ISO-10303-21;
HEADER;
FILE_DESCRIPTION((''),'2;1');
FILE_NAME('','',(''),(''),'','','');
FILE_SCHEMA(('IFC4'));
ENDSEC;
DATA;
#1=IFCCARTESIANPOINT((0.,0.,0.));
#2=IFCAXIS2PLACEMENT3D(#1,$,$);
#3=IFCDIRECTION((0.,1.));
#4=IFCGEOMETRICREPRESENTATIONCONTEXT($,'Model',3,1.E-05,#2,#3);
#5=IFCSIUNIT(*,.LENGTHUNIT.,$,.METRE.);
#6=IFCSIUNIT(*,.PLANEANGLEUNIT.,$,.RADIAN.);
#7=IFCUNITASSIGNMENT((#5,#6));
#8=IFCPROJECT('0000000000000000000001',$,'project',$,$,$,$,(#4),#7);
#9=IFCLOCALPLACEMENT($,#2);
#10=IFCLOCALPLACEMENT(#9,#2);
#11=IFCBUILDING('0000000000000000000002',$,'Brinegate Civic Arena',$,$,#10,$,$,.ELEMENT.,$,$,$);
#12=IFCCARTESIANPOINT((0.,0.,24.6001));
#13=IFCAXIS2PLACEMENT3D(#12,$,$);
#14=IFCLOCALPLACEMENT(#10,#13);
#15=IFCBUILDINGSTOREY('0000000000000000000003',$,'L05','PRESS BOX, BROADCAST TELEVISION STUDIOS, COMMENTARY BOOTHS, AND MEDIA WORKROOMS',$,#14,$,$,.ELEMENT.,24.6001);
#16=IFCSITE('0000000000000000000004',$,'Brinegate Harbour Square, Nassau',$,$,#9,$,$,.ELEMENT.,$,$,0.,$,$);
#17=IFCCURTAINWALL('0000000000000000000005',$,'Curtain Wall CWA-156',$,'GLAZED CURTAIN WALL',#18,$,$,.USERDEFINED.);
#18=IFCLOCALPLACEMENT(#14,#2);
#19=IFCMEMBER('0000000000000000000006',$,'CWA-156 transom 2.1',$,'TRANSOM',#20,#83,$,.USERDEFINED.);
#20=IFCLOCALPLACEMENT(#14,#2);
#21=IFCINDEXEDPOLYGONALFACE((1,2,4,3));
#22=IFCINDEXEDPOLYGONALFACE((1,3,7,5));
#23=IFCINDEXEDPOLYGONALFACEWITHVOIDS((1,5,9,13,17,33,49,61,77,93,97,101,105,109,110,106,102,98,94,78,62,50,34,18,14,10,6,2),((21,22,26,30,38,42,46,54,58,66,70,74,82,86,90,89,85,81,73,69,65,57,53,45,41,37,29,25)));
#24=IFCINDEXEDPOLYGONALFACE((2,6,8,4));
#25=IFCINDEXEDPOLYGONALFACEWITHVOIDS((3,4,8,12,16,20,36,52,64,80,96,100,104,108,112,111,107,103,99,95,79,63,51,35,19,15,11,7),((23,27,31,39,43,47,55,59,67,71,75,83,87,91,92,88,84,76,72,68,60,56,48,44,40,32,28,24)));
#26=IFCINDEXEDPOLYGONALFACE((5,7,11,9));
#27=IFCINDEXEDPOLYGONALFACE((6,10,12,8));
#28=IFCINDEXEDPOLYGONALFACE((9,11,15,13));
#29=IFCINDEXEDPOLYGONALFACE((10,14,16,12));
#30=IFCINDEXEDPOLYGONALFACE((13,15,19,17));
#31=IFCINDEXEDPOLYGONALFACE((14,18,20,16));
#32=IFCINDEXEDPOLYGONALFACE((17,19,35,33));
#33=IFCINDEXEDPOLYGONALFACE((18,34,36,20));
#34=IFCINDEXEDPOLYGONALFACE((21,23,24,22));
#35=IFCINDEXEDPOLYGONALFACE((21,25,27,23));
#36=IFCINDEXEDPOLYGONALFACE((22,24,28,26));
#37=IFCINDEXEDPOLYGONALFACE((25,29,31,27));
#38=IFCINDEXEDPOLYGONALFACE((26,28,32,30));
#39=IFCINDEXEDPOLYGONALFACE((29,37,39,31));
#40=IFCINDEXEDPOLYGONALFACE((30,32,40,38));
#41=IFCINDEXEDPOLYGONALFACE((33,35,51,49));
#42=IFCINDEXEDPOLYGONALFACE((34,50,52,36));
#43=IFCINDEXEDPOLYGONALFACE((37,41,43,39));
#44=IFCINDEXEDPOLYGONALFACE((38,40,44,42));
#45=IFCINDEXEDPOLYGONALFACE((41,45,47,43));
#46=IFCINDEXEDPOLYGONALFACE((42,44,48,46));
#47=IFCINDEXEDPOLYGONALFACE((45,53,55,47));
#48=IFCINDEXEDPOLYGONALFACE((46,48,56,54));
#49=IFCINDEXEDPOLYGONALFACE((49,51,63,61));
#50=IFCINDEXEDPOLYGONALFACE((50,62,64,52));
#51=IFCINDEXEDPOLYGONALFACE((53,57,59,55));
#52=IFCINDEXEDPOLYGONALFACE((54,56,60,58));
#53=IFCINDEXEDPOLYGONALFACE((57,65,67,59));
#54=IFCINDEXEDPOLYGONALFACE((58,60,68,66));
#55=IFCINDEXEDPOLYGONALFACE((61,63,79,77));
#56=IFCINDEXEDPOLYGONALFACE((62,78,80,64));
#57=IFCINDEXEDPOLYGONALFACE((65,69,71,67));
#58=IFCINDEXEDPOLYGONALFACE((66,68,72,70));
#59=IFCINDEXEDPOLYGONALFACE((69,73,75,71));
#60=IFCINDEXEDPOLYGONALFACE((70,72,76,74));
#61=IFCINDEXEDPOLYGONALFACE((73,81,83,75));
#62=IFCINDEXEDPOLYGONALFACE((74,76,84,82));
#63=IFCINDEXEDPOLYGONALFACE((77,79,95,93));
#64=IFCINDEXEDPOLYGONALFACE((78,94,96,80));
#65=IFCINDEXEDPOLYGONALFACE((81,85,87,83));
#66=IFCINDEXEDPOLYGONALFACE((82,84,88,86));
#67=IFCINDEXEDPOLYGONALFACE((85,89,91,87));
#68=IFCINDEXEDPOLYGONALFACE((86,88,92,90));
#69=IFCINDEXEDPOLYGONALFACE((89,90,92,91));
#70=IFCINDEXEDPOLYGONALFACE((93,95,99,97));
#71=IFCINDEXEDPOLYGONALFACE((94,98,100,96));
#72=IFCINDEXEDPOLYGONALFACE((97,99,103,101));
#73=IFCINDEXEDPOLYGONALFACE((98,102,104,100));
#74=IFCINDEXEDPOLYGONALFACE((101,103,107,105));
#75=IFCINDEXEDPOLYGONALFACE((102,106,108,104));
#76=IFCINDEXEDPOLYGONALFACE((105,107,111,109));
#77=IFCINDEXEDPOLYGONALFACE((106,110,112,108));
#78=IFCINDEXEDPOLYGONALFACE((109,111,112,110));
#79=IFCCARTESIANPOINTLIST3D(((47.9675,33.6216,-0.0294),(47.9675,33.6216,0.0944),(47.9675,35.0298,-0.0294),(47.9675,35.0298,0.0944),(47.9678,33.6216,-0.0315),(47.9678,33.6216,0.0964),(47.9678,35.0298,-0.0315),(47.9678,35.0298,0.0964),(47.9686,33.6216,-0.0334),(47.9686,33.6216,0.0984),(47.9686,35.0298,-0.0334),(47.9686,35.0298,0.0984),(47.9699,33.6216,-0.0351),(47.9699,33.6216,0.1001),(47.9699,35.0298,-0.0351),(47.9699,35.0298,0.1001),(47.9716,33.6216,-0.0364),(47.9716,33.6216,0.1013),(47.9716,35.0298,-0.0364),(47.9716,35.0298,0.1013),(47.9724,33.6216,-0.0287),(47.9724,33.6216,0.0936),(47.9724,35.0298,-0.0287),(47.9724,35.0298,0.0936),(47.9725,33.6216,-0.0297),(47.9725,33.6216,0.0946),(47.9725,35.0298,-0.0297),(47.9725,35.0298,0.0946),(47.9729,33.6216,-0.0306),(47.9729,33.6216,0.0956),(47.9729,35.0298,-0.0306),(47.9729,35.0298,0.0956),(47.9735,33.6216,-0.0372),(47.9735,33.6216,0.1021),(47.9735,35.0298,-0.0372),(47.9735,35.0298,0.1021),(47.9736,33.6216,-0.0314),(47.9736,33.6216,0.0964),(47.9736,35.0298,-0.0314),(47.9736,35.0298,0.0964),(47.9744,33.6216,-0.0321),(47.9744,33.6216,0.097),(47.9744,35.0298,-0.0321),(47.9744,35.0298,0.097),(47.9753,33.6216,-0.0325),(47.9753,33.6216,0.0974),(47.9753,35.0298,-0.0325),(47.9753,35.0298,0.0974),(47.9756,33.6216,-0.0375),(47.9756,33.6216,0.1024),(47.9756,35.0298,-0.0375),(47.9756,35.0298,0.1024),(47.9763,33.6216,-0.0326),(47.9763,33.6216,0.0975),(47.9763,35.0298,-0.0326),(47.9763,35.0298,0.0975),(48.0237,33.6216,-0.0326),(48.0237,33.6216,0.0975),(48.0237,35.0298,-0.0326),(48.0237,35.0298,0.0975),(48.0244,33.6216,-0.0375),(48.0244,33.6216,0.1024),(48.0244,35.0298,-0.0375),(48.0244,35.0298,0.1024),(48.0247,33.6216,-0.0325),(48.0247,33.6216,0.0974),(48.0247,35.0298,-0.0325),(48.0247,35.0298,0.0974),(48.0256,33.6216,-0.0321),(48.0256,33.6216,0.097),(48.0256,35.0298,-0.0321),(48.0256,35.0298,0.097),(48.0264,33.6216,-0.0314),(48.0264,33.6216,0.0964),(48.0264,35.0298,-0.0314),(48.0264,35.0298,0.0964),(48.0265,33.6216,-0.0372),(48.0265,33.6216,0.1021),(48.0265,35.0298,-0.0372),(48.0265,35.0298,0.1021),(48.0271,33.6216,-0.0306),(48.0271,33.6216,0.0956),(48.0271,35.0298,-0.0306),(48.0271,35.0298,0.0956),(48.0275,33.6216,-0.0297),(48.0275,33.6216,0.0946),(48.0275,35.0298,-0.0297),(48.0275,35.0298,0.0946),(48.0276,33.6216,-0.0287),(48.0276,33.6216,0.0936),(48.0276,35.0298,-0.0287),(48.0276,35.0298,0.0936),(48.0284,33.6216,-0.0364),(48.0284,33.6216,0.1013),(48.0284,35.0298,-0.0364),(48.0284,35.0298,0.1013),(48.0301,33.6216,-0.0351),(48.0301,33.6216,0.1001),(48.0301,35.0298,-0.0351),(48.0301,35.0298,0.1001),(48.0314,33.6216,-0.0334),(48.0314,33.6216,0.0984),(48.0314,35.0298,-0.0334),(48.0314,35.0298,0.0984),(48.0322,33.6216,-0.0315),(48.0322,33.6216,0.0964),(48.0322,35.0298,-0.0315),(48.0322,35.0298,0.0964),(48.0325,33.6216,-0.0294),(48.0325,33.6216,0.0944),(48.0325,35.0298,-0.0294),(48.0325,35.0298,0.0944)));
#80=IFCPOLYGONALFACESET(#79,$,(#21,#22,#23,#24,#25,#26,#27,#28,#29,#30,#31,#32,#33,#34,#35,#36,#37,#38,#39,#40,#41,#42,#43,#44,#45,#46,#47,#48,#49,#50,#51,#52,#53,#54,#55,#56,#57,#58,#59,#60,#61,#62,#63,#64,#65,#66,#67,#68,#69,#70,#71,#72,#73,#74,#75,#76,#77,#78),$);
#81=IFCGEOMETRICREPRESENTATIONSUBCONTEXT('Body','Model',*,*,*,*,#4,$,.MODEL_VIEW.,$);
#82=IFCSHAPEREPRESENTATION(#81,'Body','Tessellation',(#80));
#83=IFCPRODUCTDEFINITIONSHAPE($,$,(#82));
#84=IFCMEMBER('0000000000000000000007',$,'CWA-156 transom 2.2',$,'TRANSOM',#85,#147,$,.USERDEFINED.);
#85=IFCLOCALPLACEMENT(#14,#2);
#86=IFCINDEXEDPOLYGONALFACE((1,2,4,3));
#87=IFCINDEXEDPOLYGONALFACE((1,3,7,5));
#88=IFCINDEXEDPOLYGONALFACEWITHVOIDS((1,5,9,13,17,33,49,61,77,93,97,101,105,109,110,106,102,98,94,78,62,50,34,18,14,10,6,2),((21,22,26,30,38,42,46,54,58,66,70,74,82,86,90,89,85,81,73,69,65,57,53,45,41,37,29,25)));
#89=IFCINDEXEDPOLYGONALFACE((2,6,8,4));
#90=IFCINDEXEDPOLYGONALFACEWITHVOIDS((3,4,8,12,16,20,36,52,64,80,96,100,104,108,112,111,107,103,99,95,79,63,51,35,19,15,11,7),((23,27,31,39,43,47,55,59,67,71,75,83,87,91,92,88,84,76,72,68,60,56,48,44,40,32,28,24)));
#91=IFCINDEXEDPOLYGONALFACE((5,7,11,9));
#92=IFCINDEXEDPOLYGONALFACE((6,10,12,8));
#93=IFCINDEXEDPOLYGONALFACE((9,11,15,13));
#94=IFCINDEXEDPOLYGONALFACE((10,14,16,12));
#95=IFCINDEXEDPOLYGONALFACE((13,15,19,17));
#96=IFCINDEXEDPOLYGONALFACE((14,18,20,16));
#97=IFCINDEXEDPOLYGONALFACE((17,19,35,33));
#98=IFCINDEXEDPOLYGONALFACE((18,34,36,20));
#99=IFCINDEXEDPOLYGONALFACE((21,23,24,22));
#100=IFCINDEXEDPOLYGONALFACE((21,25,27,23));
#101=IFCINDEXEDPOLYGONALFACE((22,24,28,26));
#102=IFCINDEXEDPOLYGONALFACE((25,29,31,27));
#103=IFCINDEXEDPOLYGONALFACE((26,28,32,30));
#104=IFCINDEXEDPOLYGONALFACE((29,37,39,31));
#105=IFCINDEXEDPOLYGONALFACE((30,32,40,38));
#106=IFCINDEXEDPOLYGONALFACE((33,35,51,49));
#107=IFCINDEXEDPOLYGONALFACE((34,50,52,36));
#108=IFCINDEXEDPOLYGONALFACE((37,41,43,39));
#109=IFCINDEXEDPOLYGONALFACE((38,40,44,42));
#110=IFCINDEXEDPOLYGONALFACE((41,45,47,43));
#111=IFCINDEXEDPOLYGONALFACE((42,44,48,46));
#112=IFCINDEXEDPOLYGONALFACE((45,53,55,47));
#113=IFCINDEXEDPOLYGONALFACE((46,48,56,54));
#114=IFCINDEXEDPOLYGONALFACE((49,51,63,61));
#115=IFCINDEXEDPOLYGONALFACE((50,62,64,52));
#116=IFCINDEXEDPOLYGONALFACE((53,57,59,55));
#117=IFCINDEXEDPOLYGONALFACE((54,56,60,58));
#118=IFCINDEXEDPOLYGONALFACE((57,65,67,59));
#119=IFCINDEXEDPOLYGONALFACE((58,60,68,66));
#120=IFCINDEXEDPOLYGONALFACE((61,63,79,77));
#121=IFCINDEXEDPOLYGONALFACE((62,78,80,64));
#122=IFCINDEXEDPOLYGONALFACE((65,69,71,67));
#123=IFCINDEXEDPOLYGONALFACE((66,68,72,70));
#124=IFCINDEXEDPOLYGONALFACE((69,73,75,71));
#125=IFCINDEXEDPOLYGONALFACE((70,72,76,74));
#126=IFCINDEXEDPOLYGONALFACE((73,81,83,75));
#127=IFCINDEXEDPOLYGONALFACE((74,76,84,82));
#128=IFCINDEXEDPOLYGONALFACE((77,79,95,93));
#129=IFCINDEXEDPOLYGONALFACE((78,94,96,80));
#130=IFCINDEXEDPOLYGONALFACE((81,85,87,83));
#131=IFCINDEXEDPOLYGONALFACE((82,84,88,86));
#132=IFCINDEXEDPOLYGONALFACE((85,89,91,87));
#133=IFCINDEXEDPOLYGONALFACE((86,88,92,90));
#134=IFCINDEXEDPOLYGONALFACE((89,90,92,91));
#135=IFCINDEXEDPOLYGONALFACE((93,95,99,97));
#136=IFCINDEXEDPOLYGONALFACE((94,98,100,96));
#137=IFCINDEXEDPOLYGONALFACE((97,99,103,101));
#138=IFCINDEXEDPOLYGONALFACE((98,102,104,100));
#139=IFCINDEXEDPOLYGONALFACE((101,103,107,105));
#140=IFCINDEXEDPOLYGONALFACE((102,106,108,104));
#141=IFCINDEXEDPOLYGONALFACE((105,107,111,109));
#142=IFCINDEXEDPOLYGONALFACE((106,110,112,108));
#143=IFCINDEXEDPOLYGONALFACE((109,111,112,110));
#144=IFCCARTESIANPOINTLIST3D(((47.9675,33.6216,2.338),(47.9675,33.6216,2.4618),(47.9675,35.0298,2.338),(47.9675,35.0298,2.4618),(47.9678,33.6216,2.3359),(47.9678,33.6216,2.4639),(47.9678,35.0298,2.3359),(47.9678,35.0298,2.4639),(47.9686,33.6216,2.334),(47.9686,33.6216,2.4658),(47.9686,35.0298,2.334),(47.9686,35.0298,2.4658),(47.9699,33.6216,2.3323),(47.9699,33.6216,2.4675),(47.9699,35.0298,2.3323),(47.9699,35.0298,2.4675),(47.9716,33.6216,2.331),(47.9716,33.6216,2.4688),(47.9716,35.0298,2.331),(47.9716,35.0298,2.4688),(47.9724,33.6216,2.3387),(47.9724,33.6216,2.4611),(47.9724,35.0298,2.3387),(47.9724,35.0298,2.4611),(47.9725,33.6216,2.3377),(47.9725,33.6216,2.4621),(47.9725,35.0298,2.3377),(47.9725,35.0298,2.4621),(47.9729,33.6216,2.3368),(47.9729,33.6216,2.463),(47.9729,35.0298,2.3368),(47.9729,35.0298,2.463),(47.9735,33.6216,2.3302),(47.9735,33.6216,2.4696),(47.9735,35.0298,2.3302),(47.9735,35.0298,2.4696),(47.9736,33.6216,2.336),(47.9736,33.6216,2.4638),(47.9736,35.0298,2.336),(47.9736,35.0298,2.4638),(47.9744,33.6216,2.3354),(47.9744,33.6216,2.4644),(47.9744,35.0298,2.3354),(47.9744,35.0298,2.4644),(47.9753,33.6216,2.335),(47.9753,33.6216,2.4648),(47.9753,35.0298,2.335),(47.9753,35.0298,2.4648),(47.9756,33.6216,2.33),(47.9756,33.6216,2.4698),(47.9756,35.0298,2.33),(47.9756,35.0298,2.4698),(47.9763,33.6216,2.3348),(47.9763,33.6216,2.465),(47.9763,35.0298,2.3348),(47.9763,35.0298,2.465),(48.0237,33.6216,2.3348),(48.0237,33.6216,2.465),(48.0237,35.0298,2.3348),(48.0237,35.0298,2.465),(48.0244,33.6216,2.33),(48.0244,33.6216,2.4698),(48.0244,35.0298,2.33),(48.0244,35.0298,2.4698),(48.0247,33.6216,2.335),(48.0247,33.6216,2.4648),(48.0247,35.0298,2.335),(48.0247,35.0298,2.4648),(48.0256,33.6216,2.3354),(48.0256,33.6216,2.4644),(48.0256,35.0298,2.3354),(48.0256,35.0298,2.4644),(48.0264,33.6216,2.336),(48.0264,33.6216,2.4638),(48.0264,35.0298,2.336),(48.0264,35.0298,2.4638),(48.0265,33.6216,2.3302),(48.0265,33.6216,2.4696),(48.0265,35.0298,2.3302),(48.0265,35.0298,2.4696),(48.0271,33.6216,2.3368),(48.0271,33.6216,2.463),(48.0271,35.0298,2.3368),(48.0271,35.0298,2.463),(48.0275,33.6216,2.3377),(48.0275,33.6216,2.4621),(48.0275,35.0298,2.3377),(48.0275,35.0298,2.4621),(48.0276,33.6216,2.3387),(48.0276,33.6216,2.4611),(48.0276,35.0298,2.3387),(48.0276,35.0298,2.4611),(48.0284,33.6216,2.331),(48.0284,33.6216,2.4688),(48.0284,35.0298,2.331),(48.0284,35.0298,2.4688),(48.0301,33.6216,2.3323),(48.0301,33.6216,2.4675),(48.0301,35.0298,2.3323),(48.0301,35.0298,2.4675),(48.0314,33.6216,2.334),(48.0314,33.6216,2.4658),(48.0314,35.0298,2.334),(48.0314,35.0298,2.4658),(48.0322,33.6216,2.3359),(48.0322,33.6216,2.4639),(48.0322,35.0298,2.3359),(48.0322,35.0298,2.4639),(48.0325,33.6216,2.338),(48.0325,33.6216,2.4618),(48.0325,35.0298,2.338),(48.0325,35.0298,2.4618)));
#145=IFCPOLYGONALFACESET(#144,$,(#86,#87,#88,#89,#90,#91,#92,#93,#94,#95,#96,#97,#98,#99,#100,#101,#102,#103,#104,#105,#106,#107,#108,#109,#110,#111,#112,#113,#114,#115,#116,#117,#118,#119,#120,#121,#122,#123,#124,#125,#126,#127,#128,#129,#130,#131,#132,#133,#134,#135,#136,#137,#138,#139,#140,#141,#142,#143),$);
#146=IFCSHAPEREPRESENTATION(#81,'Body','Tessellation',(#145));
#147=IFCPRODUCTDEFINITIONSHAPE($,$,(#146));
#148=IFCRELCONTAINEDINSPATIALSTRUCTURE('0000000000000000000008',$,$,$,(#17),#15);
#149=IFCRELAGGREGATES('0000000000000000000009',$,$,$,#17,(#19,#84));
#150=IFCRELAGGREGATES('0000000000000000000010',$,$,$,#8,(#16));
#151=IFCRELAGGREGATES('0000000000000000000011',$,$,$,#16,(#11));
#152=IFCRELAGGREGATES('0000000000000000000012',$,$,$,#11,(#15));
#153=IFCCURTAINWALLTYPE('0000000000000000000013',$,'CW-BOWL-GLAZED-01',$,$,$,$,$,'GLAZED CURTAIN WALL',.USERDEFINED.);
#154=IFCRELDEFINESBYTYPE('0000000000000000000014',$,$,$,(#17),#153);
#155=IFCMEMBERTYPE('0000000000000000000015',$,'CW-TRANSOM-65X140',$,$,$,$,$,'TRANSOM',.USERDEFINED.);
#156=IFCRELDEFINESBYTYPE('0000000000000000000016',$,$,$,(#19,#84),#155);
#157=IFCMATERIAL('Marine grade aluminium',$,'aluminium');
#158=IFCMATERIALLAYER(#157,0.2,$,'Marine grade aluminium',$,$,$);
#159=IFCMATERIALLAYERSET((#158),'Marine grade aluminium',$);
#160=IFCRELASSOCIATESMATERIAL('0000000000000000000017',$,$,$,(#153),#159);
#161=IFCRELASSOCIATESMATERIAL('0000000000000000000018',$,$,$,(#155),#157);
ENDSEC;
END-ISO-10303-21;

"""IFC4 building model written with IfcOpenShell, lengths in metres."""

from ifc_helpers import new_model, si_unit, direction, frame, origin, origin_2d, place, context, subcontext, project, spatial, hollow_rectangle, extrude, material, layer, layer_set, material_profile, profile_set, type_object, element, aggregate, save


model = new_model("IFC4")

# Units and contexts
model_context = context("Model", 3, precision=1e-05, world=origin(), true_north=direction((0.0, 1.0)))
body_context = subcontext(model_context, "Body", "Model", "MODEL_VIEW")
ifc_project = project(units=[si_unit("LENGTHUNIT", "METRE"), si_unit("PLANEANGLEUNIT", "RADIAN")], contexts=[model_context])

# Site, building, storey
site_placement = place(None, origin())
site = spatial("IfcSite", under=ifc_project, at=site_placement, Name="Brinegate Harbour Square, Nassau", CompositionType="ELEMENT", RefElevation=0.0)
building_placement = place(site_placement, origin())
building = spatial("IfcBuilding", under=site, at=building_placement, Name="Brinegate Civic Arena", CompositionType="ELEMENT")
storey_placement = place(building_placement, frame((0.0, 0.0, 24.6001)))
storey = spatial("IfcBuildingStorey", under=building, at=storey_placement, Name="L05", Description="PRESS BOX, BROADCAST TELEVISION STUDIOS, COMMENTARY BOOTHS, AND MEDIA WORKROOMS", CompositionType="ELEMENT", Elevation=24.6001)

# Curtain wall
ifc_material_1 = material(Name="Marine grade aluminium", Category="aluminium")
ifc_layer_1 = layer(ifc_material_1, 0.2, Name="Marine grade aluminium")
ifc_layer_set_1 = layer_set([ifc_layer_1], Name="Marine grade aluminium")
curtain_wall_type = type_object("IfcCurtainWallType", Name="CW-BOWL-GLAZED-01", ElementType="GLAZED CURTAIN WALL", PredefinedType="USERDEFINED", material=ifc_layer_set_1)
curtain_wall_1_placement = place(storey_placement, origin())
curtain_wall_1 = element("IfcCurtainWall", 1, at=curtain_wall_1_placement, inside=storey, type_object=curtain_wall_type, Name="Curtain Wall CWA-156", ObjectType="GLAZED CURTAIN WALL", PredefinedType="USERDEFINED")

# Members
ifc_material_profile_1 = material_profile(ifc_material_1, hollow_rectangle(XDim=0.0649, YDim=0.1399, WallThickness=0.0049, InnerFilletRadius=0.0039, OuterFilletRadius=0.0081, at=origin_2d()), Name="TRN65X140")
ifc_profile_set_1 = profile_set([ifc_material_profile_1], Name="Marine grade aluminium")
member_type_1 = type_object("IfcMemberType", Name="CW-TRANSOM-65X140", ElementType="TRANSOM", PredefinedType="USERDEFINED", material=ifc_profile_set_1)
member_1_placement = place(storey_placement, frame((48.0, 33.6216, 0.0325), z_axis=(0.0, 1.0, 0.0), x_axis=(-1.0, 0.0, 0.0)))
member_1 = element("IfcMember", 2, at=member_1_placement, type_object=member_type_1, Name="CWA-156 transom 2.1", ObjectType="TRANSOM", PredefinedType="USERDEFINED", context=body_context, shape_type="SweptSolid", body=[
    extrude(hollow_rectangle(XDim=0.0649, YDim=0.1399, WallThickness=0.0049, InnerFilletRadius=0.0039, OuterFilletRadius=0.0081, at=origin_2d()), origin(), (0.0, 0.0, 1.0), 1.4082),
])
member_2_placement = place(storey_placement, frame((48.0, 33.6216, 2.3999), z_axis=(0.0, 1.0, 0.0), x_axis=(-1.0, 0.0, 0.0)))
member_2 = element("IfcMember", 3, at=member_2_placement, type_object=member_type_1, Name="CWA-156 transom 2.2", ObjectType="TRANSOM", PredefinedType="USERDEFINED", context=body_context, shape_type="SweptSolid", body=[
    extrude(hollow_rectangle(XDim=0.0649, YDim=0.1399, WallThickness=0.0049, InnerFilletRadius=0.0039, OuterFilletRadius=0.0081, at=origin_2d()), origin(), (0.0, 0.0, 1.0), 1.4082),
])

aggregate(curtain_wall_1, [member_1, member_2])

save(model, "model.ifc")
